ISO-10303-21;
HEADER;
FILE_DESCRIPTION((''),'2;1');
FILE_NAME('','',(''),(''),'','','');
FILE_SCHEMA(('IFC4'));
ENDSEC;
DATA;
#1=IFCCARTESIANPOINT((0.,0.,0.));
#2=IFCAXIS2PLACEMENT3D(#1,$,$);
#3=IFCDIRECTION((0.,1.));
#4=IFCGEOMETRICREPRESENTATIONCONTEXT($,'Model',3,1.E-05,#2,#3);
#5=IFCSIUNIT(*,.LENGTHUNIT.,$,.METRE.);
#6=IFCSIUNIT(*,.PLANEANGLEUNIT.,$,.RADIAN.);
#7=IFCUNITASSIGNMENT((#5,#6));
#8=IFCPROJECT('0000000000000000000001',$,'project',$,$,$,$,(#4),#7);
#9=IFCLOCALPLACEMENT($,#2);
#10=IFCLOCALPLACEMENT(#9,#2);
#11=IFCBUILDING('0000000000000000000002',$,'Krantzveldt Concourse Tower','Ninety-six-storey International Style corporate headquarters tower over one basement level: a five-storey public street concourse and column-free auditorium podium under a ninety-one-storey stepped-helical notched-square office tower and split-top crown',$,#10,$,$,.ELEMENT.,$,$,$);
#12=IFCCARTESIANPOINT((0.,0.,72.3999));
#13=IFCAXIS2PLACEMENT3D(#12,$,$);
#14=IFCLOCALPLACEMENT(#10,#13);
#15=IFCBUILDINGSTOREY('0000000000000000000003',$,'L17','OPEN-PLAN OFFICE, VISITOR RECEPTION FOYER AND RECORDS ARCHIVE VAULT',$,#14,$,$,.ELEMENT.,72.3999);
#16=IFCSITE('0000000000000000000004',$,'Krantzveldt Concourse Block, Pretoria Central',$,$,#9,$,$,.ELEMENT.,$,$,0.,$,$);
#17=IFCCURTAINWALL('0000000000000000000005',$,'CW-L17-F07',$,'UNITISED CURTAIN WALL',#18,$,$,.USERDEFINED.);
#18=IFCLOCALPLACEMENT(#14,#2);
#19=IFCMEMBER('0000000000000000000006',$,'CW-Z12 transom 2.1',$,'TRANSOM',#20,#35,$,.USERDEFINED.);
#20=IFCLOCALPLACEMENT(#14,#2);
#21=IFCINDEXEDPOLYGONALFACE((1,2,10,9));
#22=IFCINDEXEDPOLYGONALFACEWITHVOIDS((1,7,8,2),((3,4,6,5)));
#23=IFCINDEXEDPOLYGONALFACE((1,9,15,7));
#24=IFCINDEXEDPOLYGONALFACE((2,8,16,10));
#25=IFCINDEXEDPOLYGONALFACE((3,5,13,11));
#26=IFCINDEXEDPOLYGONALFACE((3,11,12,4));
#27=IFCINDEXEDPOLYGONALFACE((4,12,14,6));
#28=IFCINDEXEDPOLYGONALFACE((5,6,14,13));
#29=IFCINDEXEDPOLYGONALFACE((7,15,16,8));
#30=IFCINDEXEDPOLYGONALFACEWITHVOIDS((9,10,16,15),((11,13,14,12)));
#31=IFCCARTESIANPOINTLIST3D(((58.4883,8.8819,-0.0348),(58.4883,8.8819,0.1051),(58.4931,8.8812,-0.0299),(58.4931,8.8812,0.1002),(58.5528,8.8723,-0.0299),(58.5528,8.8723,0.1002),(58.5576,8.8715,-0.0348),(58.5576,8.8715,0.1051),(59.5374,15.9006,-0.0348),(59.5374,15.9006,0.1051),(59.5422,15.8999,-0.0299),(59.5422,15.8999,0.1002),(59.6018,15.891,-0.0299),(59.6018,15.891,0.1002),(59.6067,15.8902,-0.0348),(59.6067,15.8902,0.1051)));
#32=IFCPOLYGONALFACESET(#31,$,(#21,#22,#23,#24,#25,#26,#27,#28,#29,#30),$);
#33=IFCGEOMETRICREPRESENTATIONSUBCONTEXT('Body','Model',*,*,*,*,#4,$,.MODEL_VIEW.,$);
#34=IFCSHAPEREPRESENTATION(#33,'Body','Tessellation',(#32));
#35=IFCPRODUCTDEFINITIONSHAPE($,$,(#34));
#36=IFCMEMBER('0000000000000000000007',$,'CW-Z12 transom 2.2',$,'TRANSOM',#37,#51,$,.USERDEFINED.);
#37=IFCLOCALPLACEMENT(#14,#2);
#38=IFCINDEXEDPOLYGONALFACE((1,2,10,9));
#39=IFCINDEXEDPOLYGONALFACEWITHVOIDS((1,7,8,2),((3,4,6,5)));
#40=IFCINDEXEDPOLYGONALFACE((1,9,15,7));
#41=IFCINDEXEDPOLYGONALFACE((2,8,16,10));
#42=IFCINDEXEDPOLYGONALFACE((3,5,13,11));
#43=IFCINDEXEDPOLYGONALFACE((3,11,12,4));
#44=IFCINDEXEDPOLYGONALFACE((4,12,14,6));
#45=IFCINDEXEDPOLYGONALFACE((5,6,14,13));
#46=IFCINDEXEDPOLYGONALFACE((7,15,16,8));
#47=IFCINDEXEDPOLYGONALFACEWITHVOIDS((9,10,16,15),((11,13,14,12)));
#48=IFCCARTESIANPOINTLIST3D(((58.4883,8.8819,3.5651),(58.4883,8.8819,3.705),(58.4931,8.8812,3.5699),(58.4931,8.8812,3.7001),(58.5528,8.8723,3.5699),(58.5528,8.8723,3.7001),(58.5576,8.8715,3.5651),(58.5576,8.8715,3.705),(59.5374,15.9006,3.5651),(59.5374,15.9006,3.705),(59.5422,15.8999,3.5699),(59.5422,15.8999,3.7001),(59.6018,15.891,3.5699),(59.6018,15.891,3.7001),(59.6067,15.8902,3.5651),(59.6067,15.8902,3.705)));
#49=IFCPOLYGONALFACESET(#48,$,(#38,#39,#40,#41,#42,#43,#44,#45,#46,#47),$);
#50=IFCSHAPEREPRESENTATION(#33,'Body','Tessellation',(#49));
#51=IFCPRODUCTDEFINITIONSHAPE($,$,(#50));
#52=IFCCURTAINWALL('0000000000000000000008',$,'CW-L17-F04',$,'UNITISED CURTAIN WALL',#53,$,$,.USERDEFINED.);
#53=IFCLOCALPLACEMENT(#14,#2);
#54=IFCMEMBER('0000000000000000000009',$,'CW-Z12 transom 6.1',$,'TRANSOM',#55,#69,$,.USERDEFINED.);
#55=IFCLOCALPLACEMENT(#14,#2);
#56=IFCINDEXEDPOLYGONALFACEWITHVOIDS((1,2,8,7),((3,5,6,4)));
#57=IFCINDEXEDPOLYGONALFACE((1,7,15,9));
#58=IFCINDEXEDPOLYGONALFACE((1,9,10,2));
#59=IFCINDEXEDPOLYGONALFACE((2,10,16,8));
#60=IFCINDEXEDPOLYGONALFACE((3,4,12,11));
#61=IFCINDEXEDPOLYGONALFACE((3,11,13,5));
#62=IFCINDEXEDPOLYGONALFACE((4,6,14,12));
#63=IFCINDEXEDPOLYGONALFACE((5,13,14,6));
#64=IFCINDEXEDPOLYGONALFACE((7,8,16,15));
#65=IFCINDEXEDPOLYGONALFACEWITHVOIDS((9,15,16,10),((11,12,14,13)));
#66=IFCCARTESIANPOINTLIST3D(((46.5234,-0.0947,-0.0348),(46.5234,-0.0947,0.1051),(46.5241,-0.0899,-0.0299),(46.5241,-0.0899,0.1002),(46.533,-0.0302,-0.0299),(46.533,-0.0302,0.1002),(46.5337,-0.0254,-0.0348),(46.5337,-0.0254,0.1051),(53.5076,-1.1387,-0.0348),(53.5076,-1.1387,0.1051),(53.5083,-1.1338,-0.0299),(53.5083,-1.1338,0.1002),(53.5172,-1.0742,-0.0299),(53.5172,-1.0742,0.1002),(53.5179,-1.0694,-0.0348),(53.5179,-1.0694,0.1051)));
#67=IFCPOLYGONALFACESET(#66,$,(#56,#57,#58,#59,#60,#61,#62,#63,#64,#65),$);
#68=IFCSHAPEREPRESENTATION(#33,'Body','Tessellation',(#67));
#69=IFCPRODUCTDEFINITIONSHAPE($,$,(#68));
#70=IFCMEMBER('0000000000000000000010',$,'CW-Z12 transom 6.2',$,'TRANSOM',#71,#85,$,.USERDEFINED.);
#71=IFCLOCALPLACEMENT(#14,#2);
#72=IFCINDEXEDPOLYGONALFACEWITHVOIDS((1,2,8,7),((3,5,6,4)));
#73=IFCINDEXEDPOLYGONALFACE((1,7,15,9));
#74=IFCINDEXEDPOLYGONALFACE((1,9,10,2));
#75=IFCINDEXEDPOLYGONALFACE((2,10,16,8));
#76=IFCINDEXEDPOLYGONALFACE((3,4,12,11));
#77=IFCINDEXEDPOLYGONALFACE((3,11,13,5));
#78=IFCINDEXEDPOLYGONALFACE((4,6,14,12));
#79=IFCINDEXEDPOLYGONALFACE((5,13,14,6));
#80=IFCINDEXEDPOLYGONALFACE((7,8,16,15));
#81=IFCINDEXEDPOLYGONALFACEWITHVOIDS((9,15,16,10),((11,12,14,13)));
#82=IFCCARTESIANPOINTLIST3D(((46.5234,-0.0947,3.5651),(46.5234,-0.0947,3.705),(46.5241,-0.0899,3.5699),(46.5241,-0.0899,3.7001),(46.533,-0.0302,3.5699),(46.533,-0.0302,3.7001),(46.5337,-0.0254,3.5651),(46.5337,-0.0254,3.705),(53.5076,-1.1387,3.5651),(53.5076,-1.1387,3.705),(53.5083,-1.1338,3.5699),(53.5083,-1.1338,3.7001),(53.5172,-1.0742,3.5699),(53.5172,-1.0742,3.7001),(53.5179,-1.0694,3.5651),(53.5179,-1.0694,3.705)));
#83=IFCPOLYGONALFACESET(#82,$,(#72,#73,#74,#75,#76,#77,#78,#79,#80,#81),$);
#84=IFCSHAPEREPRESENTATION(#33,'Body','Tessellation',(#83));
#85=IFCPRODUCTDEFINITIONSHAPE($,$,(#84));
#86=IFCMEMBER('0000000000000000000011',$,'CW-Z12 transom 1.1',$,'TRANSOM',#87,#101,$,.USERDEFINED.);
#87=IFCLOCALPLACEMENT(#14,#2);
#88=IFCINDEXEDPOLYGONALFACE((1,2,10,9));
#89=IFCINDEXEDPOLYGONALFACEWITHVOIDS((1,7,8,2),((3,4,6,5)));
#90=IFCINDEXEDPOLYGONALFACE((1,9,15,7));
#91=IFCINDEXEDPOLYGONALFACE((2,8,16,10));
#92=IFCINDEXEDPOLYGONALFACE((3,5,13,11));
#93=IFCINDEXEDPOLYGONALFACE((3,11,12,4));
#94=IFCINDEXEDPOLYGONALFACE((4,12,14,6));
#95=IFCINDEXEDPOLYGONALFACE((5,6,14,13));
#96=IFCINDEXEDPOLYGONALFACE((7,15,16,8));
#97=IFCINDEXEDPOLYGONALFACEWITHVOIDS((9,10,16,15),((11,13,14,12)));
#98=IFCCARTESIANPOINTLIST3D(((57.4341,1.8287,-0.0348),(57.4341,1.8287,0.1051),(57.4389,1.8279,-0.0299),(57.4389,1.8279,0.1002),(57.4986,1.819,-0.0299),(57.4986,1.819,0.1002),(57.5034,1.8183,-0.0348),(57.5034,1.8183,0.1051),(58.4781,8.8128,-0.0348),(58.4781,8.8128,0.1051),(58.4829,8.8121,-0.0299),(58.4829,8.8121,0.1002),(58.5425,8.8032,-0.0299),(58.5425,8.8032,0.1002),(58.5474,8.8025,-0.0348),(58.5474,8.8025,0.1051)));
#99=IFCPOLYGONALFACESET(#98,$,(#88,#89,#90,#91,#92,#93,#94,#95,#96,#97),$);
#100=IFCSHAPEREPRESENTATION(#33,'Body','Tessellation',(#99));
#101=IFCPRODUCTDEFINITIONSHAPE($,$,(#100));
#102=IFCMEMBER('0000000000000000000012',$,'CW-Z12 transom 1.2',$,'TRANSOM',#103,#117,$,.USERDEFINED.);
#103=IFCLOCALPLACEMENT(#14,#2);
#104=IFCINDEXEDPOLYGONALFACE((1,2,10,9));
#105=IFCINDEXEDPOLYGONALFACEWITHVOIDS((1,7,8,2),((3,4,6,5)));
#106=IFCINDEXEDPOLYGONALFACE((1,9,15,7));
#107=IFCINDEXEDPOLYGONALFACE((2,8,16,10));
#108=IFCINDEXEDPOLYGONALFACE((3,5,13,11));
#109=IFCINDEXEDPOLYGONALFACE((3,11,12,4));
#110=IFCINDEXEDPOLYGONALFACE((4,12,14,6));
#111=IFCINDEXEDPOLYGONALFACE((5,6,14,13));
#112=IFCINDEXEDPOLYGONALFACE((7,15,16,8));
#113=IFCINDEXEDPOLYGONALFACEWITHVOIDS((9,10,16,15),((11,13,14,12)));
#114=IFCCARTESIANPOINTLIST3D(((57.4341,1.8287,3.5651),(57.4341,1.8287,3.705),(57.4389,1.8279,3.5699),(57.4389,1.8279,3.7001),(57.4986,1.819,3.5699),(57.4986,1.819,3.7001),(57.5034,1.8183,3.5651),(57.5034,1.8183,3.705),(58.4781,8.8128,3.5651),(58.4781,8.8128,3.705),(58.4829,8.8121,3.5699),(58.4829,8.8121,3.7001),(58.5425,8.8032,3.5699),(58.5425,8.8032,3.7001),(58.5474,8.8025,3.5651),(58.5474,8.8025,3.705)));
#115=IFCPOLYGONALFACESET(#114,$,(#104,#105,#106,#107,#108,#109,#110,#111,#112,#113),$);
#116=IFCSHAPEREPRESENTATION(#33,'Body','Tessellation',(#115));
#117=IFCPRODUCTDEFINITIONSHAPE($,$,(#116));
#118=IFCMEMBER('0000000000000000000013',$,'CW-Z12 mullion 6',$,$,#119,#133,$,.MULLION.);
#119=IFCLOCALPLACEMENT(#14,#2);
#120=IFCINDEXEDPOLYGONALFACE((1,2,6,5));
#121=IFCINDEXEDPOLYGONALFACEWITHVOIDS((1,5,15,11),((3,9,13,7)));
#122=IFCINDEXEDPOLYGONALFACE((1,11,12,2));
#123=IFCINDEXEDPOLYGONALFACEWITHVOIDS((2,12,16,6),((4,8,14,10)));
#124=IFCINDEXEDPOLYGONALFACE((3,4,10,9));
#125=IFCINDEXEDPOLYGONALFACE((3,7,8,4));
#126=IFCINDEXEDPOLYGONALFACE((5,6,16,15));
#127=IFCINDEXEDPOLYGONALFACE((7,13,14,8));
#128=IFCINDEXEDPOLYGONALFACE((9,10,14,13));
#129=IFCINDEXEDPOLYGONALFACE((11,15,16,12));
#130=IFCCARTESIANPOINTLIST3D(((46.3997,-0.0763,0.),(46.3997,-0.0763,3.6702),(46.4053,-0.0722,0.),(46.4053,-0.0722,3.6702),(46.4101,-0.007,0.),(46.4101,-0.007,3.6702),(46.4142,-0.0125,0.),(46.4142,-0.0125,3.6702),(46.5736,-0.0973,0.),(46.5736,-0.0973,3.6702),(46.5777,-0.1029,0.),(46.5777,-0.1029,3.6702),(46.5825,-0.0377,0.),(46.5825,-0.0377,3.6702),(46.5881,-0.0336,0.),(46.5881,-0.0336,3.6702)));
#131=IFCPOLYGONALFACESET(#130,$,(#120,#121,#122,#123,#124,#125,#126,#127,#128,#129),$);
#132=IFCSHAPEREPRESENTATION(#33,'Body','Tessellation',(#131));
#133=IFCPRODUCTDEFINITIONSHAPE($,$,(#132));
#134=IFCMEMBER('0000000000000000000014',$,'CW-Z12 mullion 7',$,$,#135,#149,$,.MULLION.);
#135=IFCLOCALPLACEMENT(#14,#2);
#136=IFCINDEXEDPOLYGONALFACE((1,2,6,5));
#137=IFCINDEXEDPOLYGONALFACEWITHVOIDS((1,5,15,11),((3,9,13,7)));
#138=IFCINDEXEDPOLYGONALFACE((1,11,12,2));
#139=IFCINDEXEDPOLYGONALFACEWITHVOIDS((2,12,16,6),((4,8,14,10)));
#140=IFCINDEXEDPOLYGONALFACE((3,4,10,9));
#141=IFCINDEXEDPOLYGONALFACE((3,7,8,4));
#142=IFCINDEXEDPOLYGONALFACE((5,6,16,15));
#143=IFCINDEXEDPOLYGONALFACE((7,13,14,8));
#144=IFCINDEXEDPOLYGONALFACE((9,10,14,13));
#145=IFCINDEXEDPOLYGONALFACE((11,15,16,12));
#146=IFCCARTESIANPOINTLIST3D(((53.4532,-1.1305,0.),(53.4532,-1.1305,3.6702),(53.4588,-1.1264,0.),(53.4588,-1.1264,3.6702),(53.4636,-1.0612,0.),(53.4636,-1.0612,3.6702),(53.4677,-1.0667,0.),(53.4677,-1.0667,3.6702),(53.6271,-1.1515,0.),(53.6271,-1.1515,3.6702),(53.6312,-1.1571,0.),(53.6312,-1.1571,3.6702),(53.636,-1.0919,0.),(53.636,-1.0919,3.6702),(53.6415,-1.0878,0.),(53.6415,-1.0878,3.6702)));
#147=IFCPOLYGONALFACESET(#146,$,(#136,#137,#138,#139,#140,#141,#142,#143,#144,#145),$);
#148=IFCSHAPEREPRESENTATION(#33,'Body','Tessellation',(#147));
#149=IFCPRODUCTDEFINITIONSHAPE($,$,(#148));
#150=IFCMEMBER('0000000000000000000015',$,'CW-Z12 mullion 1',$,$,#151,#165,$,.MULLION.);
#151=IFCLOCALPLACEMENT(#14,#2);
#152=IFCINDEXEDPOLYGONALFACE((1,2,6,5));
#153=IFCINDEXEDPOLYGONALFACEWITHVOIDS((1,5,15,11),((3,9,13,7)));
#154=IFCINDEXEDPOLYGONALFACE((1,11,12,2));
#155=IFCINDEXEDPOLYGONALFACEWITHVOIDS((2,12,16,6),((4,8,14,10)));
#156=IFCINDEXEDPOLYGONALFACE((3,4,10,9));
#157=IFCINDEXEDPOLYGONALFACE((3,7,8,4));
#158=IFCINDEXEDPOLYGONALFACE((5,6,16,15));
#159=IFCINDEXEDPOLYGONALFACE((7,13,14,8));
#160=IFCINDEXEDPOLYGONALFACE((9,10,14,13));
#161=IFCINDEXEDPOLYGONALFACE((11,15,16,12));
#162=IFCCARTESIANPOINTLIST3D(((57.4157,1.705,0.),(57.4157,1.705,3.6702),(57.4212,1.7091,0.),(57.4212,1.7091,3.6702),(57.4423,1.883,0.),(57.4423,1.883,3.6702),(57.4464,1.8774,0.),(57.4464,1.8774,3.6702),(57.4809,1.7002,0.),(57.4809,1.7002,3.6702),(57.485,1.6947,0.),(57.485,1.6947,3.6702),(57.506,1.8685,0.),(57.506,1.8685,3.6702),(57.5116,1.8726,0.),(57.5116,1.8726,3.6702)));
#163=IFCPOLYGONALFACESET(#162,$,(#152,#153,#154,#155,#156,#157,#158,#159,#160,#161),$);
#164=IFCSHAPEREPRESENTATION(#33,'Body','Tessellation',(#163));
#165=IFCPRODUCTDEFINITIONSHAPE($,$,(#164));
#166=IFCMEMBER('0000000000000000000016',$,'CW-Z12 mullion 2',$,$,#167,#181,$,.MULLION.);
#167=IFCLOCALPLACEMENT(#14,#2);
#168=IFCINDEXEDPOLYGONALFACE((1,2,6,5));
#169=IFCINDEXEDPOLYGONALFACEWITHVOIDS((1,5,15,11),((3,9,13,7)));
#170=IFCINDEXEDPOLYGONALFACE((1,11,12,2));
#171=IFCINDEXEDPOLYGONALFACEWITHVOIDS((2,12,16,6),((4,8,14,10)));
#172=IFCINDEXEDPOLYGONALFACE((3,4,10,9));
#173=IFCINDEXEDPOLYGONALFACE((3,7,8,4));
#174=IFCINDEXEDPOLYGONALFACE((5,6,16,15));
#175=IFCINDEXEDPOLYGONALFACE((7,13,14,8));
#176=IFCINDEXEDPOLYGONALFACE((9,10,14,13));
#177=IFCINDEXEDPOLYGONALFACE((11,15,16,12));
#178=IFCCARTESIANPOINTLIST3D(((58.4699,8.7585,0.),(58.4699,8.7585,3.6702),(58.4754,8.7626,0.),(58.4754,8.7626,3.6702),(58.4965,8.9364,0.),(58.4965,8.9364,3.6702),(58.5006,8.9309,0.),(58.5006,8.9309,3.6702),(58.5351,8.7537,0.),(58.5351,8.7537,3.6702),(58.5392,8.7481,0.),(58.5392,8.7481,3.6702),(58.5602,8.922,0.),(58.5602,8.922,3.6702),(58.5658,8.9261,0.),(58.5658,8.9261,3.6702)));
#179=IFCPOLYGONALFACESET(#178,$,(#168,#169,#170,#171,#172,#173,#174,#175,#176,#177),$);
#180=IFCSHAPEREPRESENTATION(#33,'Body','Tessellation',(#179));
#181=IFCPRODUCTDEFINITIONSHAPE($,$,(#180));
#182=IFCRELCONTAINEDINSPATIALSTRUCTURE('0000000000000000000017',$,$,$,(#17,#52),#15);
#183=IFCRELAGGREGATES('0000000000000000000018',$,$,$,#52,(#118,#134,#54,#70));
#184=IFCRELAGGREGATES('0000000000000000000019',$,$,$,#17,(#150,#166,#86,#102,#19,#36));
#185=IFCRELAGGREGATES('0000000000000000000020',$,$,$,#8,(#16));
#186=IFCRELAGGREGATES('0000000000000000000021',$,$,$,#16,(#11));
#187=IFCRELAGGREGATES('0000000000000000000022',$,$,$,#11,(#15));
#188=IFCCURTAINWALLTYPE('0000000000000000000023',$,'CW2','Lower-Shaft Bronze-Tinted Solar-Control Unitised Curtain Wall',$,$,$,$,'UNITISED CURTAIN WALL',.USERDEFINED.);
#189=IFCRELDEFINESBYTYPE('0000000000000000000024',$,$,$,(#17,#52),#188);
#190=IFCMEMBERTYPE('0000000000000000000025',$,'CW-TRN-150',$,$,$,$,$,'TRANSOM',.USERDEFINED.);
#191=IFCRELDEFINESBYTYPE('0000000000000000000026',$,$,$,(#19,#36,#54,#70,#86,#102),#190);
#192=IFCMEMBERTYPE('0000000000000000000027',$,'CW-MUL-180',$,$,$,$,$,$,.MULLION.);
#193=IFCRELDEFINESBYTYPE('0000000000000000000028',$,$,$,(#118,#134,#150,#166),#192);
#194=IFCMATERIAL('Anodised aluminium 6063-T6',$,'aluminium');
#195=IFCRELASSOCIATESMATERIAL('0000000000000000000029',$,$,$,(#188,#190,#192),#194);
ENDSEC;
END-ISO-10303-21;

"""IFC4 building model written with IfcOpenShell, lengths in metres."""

from ifc_helpers import new_model, si_unit, direction, frame, origin, origin_2d, place, context, subcontext, project, spatial, hollow_rectangle, extrude, source, transform, mapped, material, material_profile, profile_set, type_object, type_shapes, element, aggregate, save


model = new_model("IFC4")

# Units and contexts
model_context = context("Model", 3, precision=1e-05, world=origin(), true_north=direction((0.0, 1.0)))
body_context = subcontext(model_context, "Body", "Model", "MODEL_VIEW")
ifc_project = project(units=[si_unit("LENGTHUNIT", "METRE"), si_unit("PLANEANGLEUNIT", "RADIAN")], contexts=[model_context])

# Site, building, storey
site_placement = place(None, origin())
site = spatial("IfcSite", under=ifc_project, at=site_placement, Name="Krantzveldt Concourse Block, Pretoria Central", CompositionType="ELEMENT", RefElevation=0.0)
building_placement = place(site_placement, origin())
building = spatial("IfcBuilding", under=site, at=building_placement, Name="Krantzveldt Concourse Tower", Description="Ninety-six-storey International Style corporate headquarters tower over one basement level: a five-storey public street concourse and column-free auditorium podium under a ninety-one-storey stepped-helical notched-square office tower and split-top crown", CompositionType="ELEMENT")
storey_placement = place(building_placement, frame((0.0, 0.0, 72.3999)))
storey = spatial("IfcBuildingStorey", under=building, at=storey_placement, Name="L17", Description="OPEN-PLAN OFFICE, VISITOR RECEPTION FOYER AND RECORDS ARCHIVE VAULT", CompositionType="ELEMENT", Elevation=72.3999)

# Curtain walls, members
ifc_material_1 = material(Name="Anodised aluminium 6063-T6", Category="aluminium")
curtain_wall_type = type_object("IfcCurtainWallType", Name="CW2", Description="Lower-Shaft Bronze-Tinted Solar-Control Unitised Curtain Wall", ElementType="UNITISED CURTAIN WALL", PredefinedType="USERDEFINED", material=ifc_material_1)
curtain_wall_1_placement = place(storey_placement, origin())
curtain_wall_1 = element("IfcCurtainWall", 1, at=curtain_wall_1_placement, inside=storey, type_object=curtain_wall_type, Name="CW-L17-F07", ObjectType="UNITISED CURTAIN WALL", PredefinedType="USERDEFINED")
ifc_material_profile_1 = material_profile(ifc_material_1, hollow_rectangle(XDim=0.0701, YDim=0.1399, WallThickness=0.0049, at=origin_2d()), Name="Anodised aluminium 6063-T6", Category="aluminium")
ifc_profile_set_1 = profile_set([ifc_material_profile_1], Name="Anodised aluminium 6063-T6 - ALU-TRAN 140x70x5")
member_type_1 = type_object("IfcMemberType", Name="CW-TRN-150", ElementType="TRANSOM", PredefinedType="USERDEFINED", material=ifc_profile_set_1)
shared_shape_1 = source(origin(), body_context, "Body", "SweptSolid", [
    extrude(hollow_rectangle(XDim=0.0701, YDim=0.1399, WallThickness=0.0049, at=origin_2d()), origin(), (0.0, 0.0, 1.0), 7.0967),
])
member_1_placement = place(storey_placement, frame((58.5229, 8.8767, 0.0352), z_axis=(0.147824, 0.989014, 0.0), x_axis=(-0.989014, 0.147824, 0.0)))
member_1 = element("IfcMember", 2, at=member_1_placement, type_object=member_type_1, Name="CW-Z12 transom 2.1", ObjectType="TRANSOM", PredefinedType="USERDEFINED", context=body_context, shape_type="MappedRepresentation", body=[
    mapped(shared_shape_1, transform((0.0, 0.0, 0.0), x_axis=(1.0, 0.0, 0.0), y_axis=(0.0, 1.0, 0.0), z_axis=(0.0, 0.0, 1.0), scale=1.0)),
])
member_2_placement = place(storey_placement, frame((58.5229, 8.8767, 3.635), z_axis=(0.147824, 0.989014, 0.0), x_axis=(-0.989014, 0.147824, 0.0)))
member_2 = element("IfcMember", 3, at=member_2_placement, type_object=member_type_1, Name="CW-Z12 transom 2.2", ObjectType="TRANSOM", PredefinedType="USERDEFINED", context=body_context, shape_type="MappedRepresentation", body=[
    mapped(shared_shape_1, transform((0.0, 0.0, 0.0), x_axis=(1.0, 0.0, 0.0), y_axis=(0.0, 1.0, 0.0), z_axis=(0.0, 0.0, 1.0), scale=1.0)),
])
curtain_wall_2_placement = place(storey_placement, origin())
curtain_wall_2 = element("IfcCurtainWall", 4, at=curtain_wall_2_placement, inside=storey, type_object=curtain_wall_type, Name="CW-L17-F04", ObjectType="UNITISED CURTAIN WALL", PredefinedType="USERDEFINED")
shared_shape_2 = source(origin(), body_context, "Body", "SweptSolid", [
    extrude(hollow_rectangle(XDim=0.0701, YDim=0.1399, WallThickness=0.0049, at=origin_2d()), origin(), (0.0, 0.0, 1.0), 7.0618),
])
type_shapes(member_type_1, [shared_shape_1, shared_shape_2])
member_3_placement = place(storey_placement, frame((46.5286, -0.0601, 0.0352), z_axis=(0.989013, -0.147832, 0.0), x_axis=(0.147832, 0.989013, 0.0)))
member_3 = element("IfcMember", 5, at=member_3_placement, type_object=member_type_1, Name="CW-Z12 transom 6.1", ObjectType="TRANSOM", PredefinedType="USERDEFINED", context=body_context, shape_type="MappedRepresentation", body=[
    mapped(shared_shape_2, transform((0.0, 0.0, 0.0), x_axis=(1.0, 0.0, 0.0), y_axis=(0.0, 1.0, 0.0), z_axis=(0.0, 0.0, 1.0), scale=1.0)),
])
member_4_placement = place(storey_placement, frame((46.5286, -0.0601, 3.635), z_axis=(0.989013, -0.147832, 0.0), x_axis=(0.147832, 0.989013, 0.0)))
member_4 = element("IfcMember", 6, at=member_4_placement, type_object=member_type_1, Name="CW-Z12 transom 6.2", ObjectType="TRANSOM", PredefinedType="USERDEFINED", context=body_context, shape_type="MappedRepresentation", body=[
    mapped(shared_shape_2, transform((0.0, 0.0, 0.0), x_axis=(1.0, 0.0, 0.0), y_axis=(0.0, 1.0, 0.0), z_axis=(0.0, 0.0, 1.0), scale=1.0)),
])

# Members
member_5_placement = place(storey_placement, frame((57.4688, 1.8235, 0.0352), z_axis=(0.147832, 0.989013, 0.0), x_axis=(-0.989013, 0.147832, 0.0)))
member_5 = element("IfcMember", 7, at=member_5_placement, type_object=member_type_1, Name="CW-Z12 transom 1.1", ObjectType="TRANSOM", PredefinedType="USERDEFINED", context=body_context, shape_type="MappedRepresentation", body=[
    mapped(shared_shape_2, transform((0.0, 0.0, 0.0), x_axis=(1.0, 0.0, 0.0), y_axis=(0.0, 1.0, 0.0), z_axis=(0.0, 0.0, 1.0), scale=1.0)),
])
member_6_placement = place(storey_placement, frame((57.4688, 1.8235, 3.635), z_axis=(0.147832, 0.989013, 0.0), x_axis=(-0.989013, 0.147832, 0.0)))
member_6 = element("IfcMember", 8, at=member_6_placement, type_object=member_type_1, Name="CW-Z12 transom 1.2", ObjectType="TRANSOM", PredefinedType="USERDEFINED", context=body_context, shape_type="MappedRepresentation", body=[
    mapped(shared_shape_2, transform((0.0, 0.0, 0.0), x_axis=(1.0, 0.0, 0.0), y_axis=(0.0, 1.0, 0.0), z_axis=(0.0, 0.0, 1.0), scale=1.0)),
])
ifc_material_profile_2 = material_profile(ifc_material_1, hollow_rectangle(XDim=0.0701, YDim=0.1799, WallThickness=0.0049, at=origin_2d()), Name="Anodised aluminium 6063-T6", Category="aluminium")
ifc_profile_set_2 = profile_set([ifc_material_profile_2], Name="Anodised aluminium 6063-T6 - ALU-MULL 180x70x5")
member_type_2 = type_object("IfcMemberType", Name="CW-MUL-180", PredefinedType="MULLION", material=ifc_profile_set_2)
shared_shape_3 = source(origin(), body_context, "Body", "SweptSolid", [
    extrude(hollow_rectangle(XDim=0.0701, YDim=0.1799, WallThickness=0.0049, at=origin_2d()), origin(), (0.0, 0.0, 1.0), 3.6702),
])
type_shapes(member_type_2, [shared_shape_3])
member_7_placement = place(storey_placement, frame((46.4939, -0.0549, 0.0), z_axis=(0.0, 0.0, 1.0), x_axis=(0.14781, 0.989016, 0.0)))
member_7 = element("IfcMember", 9, at=member_7_placement, type_object=member_type_2, Name="CW-Z12 mullion 6", PredefinedType="MULLION", context=body_context, shape_type="MappedRepresentation", body=[
    mapped(shared_shape_3, transform((0.0, 0.0, 0.0), x_axis=(1.0, 0.0, 0.0), y_axis=(0.0, 1.0, 0.0), z_axis=(0.0, 0.0, 1.0), scale=1.0)),
])
member_8_placement = place(storey_placement, frame((53.5474, -1.1091, 0.0), z_axis=(0.0, 0.0, 1.0), x_axis=(0.14781, 0.989016, 0.0)))
member_8 = element("IfcMember", 10, at=member_8_placement, type_object=member_type_2, Name="CW-Z12 mullion 7", PredefinedType="MULLION", context=body_context, shape_type="MappedRepresentation", body=[
    mapped(shared_shape_3, transform((0.0, 0.0, 0.0), x_axis=(1.0, 0.0, 0.0), y_axis=(0.0, 1.0, 0.0), z_axis=(0.0, 0.0, 1.0), scale=1.0)),
])
member_9_placement = place(storey_placement, frame((57.4636, 1.7888, 0.0), z_axis=(0.0, 0.0, 1.0), x_axis=(-0.989016, 0.14781, 0.0)))
member_9 = element("IfcMember", 11, at=member_9_placement, type_object=member_type_2, Name="CW-Z12 mullion 1", PredefinedType="MULLION", context=body_context, shape_type="MappedRepresentation", body=[
    mapped(shared_shape_3, transform((0.0, 0.0, 0.0), x_axis=(1.0, 0.0, 0.0), y_axis=(0.0, 1.0, 0.0), z_axis=(0.0, 0.0, 1.0), scale=1.0)),
])
member_10_placement = place(storey_placement, frame((58.5178, 8.8423, 0.0), z_axis=(0.0, 0.0, 1.0), x_axis=(-0.989016, 0.14781, 0.0)))
member_10 = element("IfcMember", 12, at=member_10_placement, type_object=member_type_2, Name="CW-Z12 mullion 2", PredefinedType="MULLION", context=body_context, shape_type="MappedRepresentation", body=[
    mapped(shared_shape_3, transform((0.0, 0.0, 0.0), x_axis=(1.0, 0.0, 0.0), y_axis=(0.0, 1.0, 0.0), z_axis=(0.0, 0.0, 1.0), scale=1.0)),
])

aggregate(curtain_wall_2, [member_7, member_8, member_3, member_4])
aggregate(curtain_wall_1, [member_9, member_10, member_5, member_6, member_1, member_2])

save(model, "model.ifc")
